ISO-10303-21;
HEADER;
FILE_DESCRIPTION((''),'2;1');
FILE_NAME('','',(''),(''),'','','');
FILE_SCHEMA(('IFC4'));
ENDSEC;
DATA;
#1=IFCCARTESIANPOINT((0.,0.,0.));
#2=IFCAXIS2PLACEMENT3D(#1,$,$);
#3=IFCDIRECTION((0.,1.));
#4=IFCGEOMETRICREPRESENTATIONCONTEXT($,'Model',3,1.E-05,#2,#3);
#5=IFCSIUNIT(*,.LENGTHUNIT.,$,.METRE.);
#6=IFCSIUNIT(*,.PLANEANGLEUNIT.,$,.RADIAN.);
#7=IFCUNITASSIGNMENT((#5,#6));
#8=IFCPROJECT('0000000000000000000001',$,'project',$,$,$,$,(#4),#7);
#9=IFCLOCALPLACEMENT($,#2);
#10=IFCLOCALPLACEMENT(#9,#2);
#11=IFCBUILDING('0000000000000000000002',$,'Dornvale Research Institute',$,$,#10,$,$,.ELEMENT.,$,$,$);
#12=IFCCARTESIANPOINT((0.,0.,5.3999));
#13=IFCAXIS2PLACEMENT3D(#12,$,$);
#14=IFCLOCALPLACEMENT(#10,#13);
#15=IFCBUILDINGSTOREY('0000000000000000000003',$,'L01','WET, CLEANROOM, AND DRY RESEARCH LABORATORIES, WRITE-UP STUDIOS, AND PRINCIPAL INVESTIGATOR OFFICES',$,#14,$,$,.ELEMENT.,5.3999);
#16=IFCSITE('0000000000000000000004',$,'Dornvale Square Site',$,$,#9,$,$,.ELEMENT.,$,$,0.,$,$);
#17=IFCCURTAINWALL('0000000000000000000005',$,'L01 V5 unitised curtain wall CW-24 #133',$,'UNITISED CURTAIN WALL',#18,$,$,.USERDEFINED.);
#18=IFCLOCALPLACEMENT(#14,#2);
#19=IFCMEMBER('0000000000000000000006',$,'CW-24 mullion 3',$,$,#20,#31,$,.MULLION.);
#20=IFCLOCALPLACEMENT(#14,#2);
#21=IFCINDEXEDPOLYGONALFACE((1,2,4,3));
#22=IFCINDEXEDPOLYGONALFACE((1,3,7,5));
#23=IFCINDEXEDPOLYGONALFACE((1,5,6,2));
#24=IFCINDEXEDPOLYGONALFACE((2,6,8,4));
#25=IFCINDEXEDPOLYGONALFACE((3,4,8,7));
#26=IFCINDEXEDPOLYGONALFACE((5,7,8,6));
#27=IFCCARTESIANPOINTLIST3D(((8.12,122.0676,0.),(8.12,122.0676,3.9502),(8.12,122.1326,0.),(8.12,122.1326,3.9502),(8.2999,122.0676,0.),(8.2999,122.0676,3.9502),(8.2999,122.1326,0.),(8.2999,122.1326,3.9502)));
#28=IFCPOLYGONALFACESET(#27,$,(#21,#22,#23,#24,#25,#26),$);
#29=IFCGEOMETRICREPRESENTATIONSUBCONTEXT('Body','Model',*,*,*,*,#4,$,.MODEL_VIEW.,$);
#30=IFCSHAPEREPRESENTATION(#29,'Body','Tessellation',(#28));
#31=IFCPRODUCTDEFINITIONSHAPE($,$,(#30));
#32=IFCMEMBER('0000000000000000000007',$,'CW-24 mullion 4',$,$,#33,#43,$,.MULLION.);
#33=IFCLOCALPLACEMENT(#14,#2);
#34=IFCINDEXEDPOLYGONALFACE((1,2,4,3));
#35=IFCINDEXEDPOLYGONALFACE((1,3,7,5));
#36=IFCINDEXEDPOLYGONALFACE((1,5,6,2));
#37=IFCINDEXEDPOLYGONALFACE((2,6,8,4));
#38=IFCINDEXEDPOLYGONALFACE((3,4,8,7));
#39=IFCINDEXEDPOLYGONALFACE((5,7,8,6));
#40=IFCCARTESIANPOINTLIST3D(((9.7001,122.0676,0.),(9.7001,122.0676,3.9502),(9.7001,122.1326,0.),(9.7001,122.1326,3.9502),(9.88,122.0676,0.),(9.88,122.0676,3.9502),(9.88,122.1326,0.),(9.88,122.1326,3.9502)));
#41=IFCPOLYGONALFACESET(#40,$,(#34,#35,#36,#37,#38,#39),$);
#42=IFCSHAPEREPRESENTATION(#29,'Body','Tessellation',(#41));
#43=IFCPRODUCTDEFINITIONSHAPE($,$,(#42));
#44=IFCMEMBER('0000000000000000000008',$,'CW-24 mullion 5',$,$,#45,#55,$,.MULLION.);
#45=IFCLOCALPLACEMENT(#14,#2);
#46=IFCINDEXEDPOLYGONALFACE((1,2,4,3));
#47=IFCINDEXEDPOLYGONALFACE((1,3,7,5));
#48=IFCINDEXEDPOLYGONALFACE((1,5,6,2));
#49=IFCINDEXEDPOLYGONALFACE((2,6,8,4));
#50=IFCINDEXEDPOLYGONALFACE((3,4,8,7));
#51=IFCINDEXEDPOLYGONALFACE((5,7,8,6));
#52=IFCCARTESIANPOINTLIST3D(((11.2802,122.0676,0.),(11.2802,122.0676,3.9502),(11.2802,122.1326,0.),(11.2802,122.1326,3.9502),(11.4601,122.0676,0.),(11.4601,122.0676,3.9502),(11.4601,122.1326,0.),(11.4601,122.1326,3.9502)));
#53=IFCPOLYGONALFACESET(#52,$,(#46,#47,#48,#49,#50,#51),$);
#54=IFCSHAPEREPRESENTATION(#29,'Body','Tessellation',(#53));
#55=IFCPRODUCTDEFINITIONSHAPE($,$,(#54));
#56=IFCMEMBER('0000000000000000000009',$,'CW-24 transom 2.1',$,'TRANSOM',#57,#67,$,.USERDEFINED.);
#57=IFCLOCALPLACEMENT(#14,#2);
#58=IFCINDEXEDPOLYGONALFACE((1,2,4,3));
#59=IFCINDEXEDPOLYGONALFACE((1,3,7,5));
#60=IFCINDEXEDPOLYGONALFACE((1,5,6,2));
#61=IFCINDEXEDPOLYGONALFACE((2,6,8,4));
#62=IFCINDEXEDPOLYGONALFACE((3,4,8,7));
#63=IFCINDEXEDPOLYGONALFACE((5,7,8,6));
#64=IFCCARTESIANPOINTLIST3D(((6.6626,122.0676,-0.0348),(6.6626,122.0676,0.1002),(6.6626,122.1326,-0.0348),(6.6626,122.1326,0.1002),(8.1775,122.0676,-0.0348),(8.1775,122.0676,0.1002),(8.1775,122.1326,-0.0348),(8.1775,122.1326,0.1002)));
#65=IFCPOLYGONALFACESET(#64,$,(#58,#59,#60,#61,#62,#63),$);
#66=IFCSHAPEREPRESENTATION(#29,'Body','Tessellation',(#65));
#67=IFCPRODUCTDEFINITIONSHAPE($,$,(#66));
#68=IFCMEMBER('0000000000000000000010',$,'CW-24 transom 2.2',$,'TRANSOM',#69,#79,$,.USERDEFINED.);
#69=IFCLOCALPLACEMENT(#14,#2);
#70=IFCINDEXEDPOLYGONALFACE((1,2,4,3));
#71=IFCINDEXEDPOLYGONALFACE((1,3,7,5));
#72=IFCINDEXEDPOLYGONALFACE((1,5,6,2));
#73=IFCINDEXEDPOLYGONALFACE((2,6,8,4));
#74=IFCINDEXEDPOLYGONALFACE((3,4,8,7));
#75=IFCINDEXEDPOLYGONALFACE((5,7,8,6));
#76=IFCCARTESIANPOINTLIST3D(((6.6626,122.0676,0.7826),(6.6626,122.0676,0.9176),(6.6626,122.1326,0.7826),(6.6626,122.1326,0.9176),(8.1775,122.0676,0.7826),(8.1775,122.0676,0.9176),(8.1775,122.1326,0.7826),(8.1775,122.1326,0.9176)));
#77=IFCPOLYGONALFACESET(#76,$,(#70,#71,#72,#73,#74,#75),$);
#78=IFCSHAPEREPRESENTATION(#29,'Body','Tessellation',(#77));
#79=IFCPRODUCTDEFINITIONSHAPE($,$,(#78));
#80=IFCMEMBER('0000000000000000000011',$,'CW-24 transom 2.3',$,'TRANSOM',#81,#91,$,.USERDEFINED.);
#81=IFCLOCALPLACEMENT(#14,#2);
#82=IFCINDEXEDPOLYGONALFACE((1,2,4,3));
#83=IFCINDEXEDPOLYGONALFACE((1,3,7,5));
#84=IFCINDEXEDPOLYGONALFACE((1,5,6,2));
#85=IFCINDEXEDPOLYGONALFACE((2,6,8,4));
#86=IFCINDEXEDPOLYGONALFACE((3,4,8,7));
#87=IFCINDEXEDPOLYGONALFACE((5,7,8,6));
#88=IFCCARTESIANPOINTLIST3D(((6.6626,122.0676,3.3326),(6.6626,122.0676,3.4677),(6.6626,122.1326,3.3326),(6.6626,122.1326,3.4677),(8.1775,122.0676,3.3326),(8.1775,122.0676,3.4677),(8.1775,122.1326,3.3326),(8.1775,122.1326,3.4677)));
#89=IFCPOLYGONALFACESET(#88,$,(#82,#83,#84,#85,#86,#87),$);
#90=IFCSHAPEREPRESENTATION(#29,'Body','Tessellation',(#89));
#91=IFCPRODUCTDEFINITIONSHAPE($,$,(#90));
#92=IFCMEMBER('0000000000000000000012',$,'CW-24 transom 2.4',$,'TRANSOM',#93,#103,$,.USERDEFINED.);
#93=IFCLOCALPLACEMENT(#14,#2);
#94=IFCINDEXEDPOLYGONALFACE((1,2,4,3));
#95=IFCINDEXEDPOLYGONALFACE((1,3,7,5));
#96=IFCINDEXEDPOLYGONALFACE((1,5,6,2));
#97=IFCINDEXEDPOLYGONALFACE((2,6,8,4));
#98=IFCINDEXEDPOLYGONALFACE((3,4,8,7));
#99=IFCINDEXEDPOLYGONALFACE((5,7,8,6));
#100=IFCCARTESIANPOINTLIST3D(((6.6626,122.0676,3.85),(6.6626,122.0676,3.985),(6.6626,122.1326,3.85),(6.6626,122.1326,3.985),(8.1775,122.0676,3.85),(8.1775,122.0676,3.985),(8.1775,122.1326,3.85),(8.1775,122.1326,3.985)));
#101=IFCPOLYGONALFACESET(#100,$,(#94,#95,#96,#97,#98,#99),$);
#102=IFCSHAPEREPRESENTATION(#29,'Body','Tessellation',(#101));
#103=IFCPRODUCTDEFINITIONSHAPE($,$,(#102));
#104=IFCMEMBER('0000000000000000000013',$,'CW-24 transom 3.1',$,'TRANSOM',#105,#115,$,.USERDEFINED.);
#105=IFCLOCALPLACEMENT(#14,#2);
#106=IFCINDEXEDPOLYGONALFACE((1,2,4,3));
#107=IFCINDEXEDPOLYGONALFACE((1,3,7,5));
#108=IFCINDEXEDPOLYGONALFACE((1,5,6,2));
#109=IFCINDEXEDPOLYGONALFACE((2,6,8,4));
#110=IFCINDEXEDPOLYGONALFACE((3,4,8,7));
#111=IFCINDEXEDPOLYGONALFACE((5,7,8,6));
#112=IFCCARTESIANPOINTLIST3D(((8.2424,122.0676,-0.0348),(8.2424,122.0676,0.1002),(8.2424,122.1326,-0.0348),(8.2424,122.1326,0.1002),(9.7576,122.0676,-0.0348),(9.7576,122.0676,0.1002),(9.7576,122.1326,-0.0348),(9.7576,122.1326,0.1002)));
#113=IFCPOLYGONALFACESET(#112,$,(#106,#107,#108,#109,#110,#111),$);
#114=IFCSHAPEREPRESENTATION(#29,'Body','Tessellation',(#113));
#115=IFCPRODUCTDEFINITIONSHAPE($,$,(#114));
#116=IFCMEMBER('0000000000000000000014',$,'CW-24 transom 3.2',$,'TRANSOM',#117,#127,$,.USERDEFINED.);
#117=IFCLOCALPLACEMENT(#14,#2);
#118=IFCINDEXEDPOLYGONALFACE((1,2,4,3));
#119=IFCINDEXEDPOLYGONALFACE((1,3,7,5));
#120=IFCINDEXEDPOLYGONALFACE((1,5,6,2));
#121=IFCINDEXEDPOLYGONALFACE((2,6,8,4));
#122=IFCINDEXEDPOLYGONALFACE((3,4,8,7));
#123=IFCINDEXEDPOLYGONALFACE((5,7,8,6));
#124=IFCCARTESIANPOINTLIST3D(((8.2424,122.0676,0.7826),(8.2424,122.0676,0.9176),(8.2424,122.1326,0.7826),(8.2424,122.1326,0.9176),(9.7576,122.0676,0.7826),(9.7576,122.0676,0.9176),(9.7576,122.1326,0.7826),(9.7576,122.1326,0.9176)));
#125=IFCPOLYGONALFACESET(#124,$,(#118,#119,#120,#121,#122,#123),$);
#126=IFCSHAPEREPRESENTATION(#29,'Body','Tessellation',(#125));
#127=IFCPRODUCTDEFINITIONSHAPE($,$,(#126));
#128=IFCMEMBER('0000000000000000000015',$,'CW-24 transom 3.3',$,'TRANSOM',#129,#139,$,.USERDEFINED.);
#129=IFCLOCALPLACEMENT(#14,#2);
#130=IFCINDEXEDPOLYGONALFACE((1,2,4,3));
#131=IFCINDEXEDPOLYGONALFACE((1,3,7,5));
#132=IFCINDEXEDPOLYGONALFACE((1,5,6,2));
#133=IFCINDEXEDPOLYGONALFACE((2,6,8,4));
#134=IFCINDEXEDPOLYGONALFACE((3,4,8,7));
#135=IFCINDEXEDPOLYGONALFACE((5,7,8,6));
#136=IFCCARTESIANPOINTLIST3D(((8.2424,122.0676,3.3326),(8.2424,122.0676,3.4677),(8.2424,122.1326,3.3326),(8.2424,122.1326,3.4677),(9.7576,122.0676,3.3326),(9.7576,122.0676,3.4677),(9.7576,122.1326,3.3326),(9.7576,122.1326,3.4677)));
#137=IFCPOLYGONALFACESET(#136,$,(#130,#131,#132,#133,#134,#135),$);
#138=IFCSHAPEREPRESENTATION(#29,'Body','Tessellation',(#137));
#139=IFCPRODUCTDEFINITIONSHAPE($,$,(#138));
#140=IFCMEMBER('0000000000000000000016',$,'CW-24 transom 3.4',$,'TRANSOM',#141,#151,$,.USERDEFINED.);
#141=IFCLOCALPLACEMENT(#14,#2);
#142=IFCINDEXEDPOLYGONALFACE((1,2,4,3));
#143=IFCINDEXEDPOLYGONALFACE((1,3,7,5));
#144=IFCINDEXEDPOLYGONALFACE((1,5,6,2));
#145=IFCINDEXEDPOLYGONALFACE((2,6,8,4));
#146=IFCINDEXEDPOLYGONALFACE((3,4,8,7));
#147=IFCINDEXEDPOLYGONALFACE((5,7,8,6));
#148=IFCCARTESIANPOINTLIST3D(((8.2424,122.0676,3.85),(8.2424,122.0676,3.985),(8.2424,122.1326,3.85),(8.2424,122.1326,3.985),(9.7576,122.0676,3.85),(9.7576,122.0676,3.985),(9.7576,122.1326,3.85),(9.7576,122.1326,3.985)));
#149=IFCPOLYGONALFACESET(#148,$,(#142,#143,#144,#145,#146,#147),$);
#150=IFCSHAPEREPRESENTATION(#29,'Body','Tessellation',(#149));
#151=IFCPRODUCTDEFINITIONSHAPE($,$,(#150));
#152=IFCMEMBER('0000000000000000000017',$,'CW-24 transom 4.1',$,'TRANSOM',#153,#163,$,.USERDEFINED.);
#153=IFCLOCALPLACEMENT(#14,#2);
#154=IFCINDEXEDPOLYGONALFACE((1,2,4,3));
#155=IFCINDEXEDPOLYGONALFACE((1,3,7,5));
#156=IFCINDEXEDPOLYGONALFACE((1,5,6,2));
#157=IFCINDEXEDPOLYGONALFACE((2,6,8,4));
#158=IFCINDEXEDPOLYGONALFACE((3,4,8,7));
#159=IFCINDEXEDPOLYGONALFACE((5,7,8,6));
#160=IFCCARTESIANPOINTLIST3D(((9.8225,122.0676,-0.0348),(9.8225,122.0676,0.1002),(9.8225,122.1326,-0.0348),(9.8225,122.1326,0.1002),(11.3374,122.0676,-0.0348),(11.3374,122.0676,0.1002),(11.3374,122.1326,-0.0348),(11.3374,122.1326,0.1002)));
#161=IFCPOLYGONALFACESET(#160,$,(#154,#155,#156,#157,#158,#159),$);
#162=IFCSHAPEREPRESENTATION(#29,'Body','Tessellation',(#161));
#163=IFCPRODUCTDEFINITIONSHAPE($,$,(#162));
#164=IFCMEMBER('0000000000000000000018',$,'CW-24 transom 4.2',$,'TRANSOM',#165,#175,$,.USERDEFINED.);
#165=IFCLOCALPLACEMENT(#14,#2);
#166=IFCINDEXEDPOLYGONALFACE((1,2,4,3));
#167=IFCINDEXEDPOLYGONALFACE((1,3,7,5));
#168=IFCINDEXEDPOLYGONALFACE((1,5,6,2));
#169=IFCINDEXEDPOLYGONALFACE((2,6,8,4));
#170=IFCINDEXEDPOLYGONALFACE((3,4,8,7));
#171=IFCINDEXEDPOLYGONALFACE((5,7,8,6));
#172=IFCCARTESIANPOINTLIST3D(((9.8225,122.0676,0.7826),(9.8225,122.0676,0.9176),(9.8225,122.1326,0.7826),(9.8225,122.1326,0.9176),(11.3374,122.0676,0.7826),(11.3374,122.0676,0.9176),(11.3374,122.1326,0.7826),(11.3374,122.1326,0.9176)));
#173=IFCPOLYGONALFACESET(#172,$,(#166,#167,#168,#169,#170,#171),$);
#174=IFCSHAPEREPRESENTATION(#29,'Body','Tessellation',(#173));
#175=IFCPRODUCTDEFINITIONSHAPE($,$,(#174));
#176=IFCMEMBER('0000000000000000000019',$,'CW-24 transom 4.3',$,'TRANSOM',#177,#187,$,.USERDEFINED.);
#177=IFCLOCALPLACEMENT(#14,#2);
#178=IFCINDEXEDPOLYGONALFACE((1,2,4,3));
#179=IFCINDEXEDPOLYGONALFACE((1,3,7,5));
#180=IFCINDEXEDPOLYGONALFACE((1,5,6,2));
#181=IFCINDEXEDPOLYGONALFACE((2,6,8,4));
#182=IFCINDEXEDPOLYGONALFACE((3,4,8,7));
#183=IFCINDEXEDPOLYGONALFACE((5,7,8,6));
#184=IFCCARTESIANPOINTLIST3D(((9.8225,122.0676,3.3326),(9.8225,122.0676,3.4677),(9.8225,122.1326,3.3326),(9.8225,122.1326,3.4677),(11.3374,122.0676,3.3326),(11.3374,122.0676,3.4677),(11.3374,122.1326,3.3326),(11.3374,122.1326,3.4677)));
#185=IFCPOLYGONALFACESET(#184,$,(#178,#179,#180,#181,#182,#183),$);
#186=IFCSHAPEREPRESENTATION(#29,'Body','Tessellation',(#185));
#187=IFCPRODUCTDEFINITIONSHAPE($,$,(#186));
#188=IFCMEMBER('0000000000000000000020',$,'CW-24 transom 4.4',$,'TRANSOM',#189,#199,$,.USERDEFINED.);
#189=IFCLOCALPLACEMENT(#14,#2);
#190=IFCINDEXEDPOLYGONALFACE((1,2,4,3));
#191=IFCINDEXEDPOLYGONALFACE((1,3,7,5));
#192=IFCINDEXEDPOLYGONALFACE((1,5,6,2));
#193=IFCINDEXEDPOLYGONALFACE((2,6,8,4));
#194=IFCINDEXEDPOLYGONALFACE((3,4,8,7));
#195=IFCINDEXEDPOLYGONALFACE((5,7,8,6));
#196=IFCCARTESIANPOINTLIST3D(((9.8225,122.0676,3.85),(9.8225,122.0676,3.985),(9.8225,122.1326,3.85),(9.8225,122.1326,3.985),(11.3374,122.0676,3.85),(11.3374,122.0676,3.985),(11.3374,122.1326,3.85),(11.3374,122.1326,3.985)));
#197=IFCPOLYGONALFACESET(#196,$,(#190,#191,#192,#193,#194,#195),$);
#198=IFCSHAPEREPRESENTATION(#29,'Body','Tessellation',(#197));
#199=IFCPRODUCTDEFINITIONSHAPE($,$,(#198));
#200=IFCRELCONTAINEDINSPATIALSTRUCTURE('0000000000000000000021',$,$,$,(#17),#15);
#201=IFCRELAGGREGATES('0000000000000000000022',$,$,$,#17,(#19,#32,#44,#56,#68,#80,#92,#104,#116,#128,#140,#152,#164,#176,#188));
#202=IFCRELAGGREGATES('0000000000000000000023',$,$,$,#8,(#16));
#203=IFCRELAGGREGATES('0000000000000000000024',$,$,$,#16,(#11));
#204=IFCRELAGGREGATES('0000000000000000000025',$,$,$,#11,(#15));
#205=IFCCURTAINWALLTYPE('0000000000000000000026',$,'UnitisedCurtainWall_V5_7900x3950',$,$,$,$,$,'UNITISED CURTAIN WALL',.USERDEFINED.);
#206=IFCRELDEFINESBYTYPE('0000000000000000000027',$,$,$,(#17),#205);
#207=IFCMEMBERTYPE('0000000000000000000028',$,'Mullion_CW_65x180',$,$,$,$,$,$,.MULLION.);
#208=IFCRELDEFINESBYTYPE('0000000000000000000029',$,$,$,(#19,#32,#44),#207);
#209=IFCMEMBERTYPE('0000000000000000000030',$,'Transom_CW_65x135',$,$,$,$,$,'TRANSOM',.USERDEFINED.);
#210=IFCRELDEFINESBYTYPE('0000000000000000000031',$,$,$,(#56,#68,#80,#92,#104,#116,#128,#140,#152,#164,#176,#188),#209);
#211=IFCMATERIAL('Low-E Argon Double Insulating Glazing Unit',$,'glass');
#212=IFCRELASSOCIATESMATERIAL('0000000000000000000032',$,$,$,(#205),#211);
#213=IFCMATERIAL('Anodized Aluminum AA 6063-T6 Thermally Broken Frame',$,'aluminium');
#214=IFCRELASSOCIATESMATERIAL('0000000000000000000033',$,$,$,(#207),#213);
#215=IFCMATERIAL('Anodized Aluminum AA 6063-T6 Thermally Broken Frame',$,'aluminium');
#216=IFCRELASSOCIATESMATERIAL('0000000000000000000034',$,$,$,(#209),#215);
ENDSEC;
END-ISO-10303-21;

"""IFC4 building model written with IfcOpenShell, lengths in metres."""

from ifc_helpers import new_model, si_unit, direction, frame, origin, origin_2d, place, context, subcontext, project, spatial, rectangle, extrude, material, material_profile, profile_set, type_object, element, aggregate, save


model = new_model("IFC4")

# Units and contexts
model_context = context("Model", 3, precision=1e-05, world=origin(), true_north=direction((0.0, 1.0)))
body_context = subcontext(model_context, "Body", "Model", "MODEL_VIEW")
ifc_project = project(units=[si_unit("LENGTHUNIT", "METRE"), si_unit("PLANEANGLEUNIT", "RADIAN")], contexts=[model_context])

# Site, building, storey
site_placement = place(None, origin())
site = spatial("IfcSite", under=ifc_project, at=site_placement, Name="Dornvale Square Site", CompositionType="ELEMENT", RefElevation=0.0)
building_placement = place(site_placement, origin())
building = spatial("IfcBuilding", under=site, at=building_placement, Name="Dornvale Research Institute", CompositionType="ELEMENT")
storey_placement = place(building_placement, frame((0.0, 0.0, 5.3999)))
storey = spatial("IfcBuildingStorey", under=building, at=storey_placement, Name="L01", Description="WET, CLEANROOM, AND DRY RESEARCH LABORATORIES, WRITE-UP STUDIOS, AND PRINCIPAL INVESTIGATOR OFFICES", CompositionType="ELEMENT", Elevation=5.3999)

# Curtain wall, members
ifc_material_1 = material(Name="Low-E Argon Double Insulating Glazing Unit", Category="glass")
curtain_wall_type = type_object("IfcCurtainWallType", Name="UnitisedCurtainWall_V5_7900x3950", ElementType="UNITISED CURTAIN WALL", PredefinedType="USERDEFINED", material=ifc_material_1)
curtain_wall_placement = place(storey_placement, origin())
curtain_wall = element("IfcCurtainWall", 1, at=curtain_wall_placement, inside=storey, type_object=curtain_wall_type, Name="L01 V5 unitised curtain wall CW-24 #133", ObjectType="UNITISED CURTAIN WALL", PredefinedType="USERDEFINED")
ifc_material_2 = material(Name="Anodized Aluminum AA 6063-T6 Thermally Broken Frame", Category="aluminium")
ifc_material_profile_1 = material_profile(ifc_material_2, rectangle(XDim=0.0649, YDim=0.1799, at=origin_2d()), Name="ALU MULLION 65x180")
ifc_profile_set_1 = profile_set([ifc_material_profile_1], Name="Anodized Aluminum AA 6063-T6 Thermally Broken Frame")
member_type_1 = type_object("IfcMemberType", Name="Mullion_CW_65x180", PredefinedType="MULLION", material=ifc_profile_set_1)
member_1_placement = place(storey_placement, frame((8.21, 122.1001, 0.0), z_axis=(0.0, 0.0, 1.0), x_axis=(0.0, 1.0, 0.0)))
member_1 = element("IfcMember", 2, at=member_1_placement, type_object=member_type_1, Name="CW-24 mullion 3", PredefinedType="MULLION", context=body_context, shape_type="SweptSolid", body=[
    extrude(rectangle(XDim=0.0649, YDim=0.1799, at=origin_2d()), origin(), (0.0, 0.0, 1.0), 3.9502),
])
member_2_placement = place(storey_placement, frame((9.79, 122.1001, 0.0), z_axis=(0.0, 0.0, 1.0), x_axis=(0.0, 1.0, 0.0)))
member_2 = element("IfcMember", 3, at=member_2_placement, type_object=member_type_1, Name="CW-24 mullion 4", PredefinedType="MULLION", context=body_context, shape_type="SweptSolid", body=[
    extrude(rectangle(XDim=0.0649, YDim=0.1799, at=origin_2d()), origin(), (0.0, 0.0, 1.0), 3.9502),
])
member_3_placement = place(storey_placement, frame((11.3701, 122.1001, 0.0), z_axis=(0.0, 0.0, 1.0), x_axis=(0.0, 1.0, 0.0)))
member_3 = element("IfcMember", 4, at=member_3_placement, type_object=member_type_1, Name="CW-24 mullion 5", PredefinedType="MULLION", context=body_context, shape_type="SweptSolid", body=[
    extrude(rectangle(XDim=0.0649, YDim=0.1799, at=origin_2d()), origin(), (0.0, 0.0, 1.0), 3.9502),
])
ifc_material_3 = material(Name="Anodized Aluminum AA 6063-T6 Thermally Broken Frame", Category="aluminium")
ifc_material_profile_2 = material_profile(ifc_material_3, rectangle(XDim=0.0649, YDim=0.135, at=origin_2d()), Name="ALU TRANSOM 65x135")
ifc_profile_set_2 = profile_set([ifc_material_profile_2], Name="Anodized Aluminum AA 6063-T6 Thermally Broken Frame")
member_type_2 = type_object("IfcMemberType", Name="Transom_CW_65x135", ElementType="TRANSOM", PredefinedType="USERDEFINED", material=ifc_profile_set_2)
member_4_placement = place(storey_placement, frame((6.6626, 122.1001, 0.0327), z_axis=(1.0, 0.0, 0.0), x_axis=(0.0, 1.0, 0.0)))
member_4 = element("IfcMember", 5, at=member_4_placement, type_object=member_type_2, Name="CW-24 transom 2.1", ObjectType="TRANSOM", PredefinedType="USERDEFINED", context=body_context, shape_type="SweptSolid", body=[
    extrude(rectangle(XDim=0.0649, YDim=0.135, at=origin_2d()), origin(), (0.0, 0.0, 1.0), 1.5149),
])
member_5_placement = place(storey_placement, frame((6.6626, 122.1001, 0.8501), z_axis=(1.0, 0.0, 0.0), x_axis=(0.0, 1.0, 0.0)))
member_5 = element("IfcMember", 6, at=member_5_placement, type_object=member_type_2, Name="CW-24 transom 2.2", ObjectType="TRANSOM", PredefinedType="USERDEFINED", context=body_context, shape_type="SweptSolid", body=[
    extrude(rectangle(XDim=0.0649, YDim=0.135, at=origin_2d()), origin(), (0.0, 0.0, 1.0), 1.5149),
])
member_6_placement = place(storey_placement, frame((6.6626, 122.1001, 3.4001), z_axis=(1.0, 0.0, 0.0), x_axis=(0.0, 1.0, 0.0)))
member_6 = element("IfcMember", 7, at=member_6_placement, type_object=member_type_2, Name="CW-24 transom 2.3", ObjectType="TRANSOM", PredefinedType="USERDEFINED", context=body_context, shape_type="SweptSolid", body=[
    extrude(rectangle(XDim=0.0649, YDim=0.135, at=origin_2d()), origin(), (0.0, 0.0, 1.0), 1.5149),
])
member_7_placement = place(storey_placement, frame((6.6626, 122.1001, 3.9175), z_axis=(1.0, 0.0, 0.0), x_axis=(0.0, 1.0, 0.0)))
member_7 = element("IfcMember", 8, at=member_7_placement, type_object=member_type_2, Name="CW-24 transom 2.4", ObjectType="TRANSOM", PredefinedType="USERDEFINED", context=body_context, shape_type="SweptSolid", body=[
    extrude(rectangle(XDim=0.0649, YDim=0.135, at=origin_2d()), origin(), (0.0, 0.0, 1.0), 1.5149),
])
member_8_placement = place(storey_placement, frame((8.2424, 122.1001, 0.0327), z_axis=(1.0, 0.0, 0.0), x_axis=(0.0, 1.0, 0.0)))
member_8 = element("IfcMember", 9, at=member_8_placement, type_object=member_type_2, Name="CW-24 transom 3.1", ObjectType="TRANSOM", PredefinedType="USERDEFINED", context=body_context, shape_type="SweptSolid", body=[
    extrude(rectangle(XDim=0.0649, YDim=0.135, at=origin_2d()), origin(), (0.0, 0.0, 1.0), 1.5151),
])
member_9_placement = place(storey_placement, frame((8.2424, 122.1001, 0.8501), z_axis=(1.0, 0.0, 0.0), x_axis=(0.0, 1.0, 0.0)))
member_9 = element("IfcMember", 10, at=member_9_placement, type_object=member_type_2, Name="CW-24 transom 3.2", ObjectType="TRANSOM", PredefinedType="USERDEFINED", context=body_context, shape_type="SweptSolid", body=[
    extrude(rectangle(XDim=0.0649, YDim=0.135, at=origin_2d()), origin(), (0.0, 0.0, 1.0), 1.5151),
])
member_10_placement = place(storey_placement, frame((8.2424, 122.1001, 3.4001), z_axis=(1.0, 0.0, 0.0), x_axis=(0.0, 1.0, 0.0)))
member_10 = element("IfcMember", 11, at=member_10_placement, type_object=member_type_2, Name="CW-24 transom 3.3", ObjectType="TRANSOM", PredefinedType="USERDEFINED", context=body_context, shape_type="SweptSolid", body=[
    extrude(rectangle(XDim=0.0649, YDim=0.135, at=origin_2d()), origin(), (0.0, 0.0, 1.0), 1.5151),
])
member_11_placement = place(storey_placement, frame((8.2424, 122.1001, 3.9175), z_axis=(1.0, 0.0, 0.0), x_axis=(0.0, 1.0, 0.0)))
member_11 = element("IfcMember", 12, at=member_11_placement, type_object=member_type_2, Name="CW-24 transom 3.4", ObjectType="TRANSOM", PredefinedType="USERDEFINED", context=body_context, shape_type="SweptSolid", body=[
    extrude(rectangle(XDim=0.0649, YDim=0.135, at=origin_2d()), origin(), (0.0, 0.0, 1.0), 1.5151),
])
member_12_placement = place(storey_placement, frame((9.8225, 122.1001, 0.0327), z_axis=(1.0, 0.0, 0.0), x_axis=(0.0, 1.0, 0.0)))
member_12 = element("IfcMember", 13, at=member_12_placement, type_object=member_type_2, Name="CW-24 transom 4.1", ObjectType="TRANSOM", PredefinedType="USERDEFINED", context=body_context, shape_type="SweptSolid", body=[
    extrude(rectangle(XDim=0.0649, YDim=0.135, at=origin_2d()), origin(), (0.0, 0.0, 1.0), 1.5149),
])
member_13_placement = place(storey_placement, frame((9.8225, 122.1001, 0.8501), z_axis=(1.0, 0.0, 0.0), x_axis=(0.0, 1.0, 0.0)))
member_13 = element("IfcMember", 14, at=member_13_placement, type_object=member_type_2, Name="CW-24 transom 4.2", ObjectType="TRANSOM", PredefinedType="USERDEFINED", context=body_context, shape_type="SweptSolid", body=[
    extrude(rectangle(XDim=0.0649, YDim=0.135, at=origin_2d()), origin(), (0.0, 0.0, 1.0), 1.5149),
])
member_14_placement = place(storey_placement, frame((9.8225, 122.1001, 3.4001), z_axis=(1.0, 0.0, 0.0), x_axis=(0.0, 1.0, 0.0)))
member_14 = element("IfcMember", 15, at=member_14_placement, type_object=member_type_2, Name="CW-24 transom 4.3", ObjectType="TRANSOM", PredefinedType="USERDEFINED", context=body_context, shape_type="SweptSolid", body=[
    extrude(rectangle(XDim=0.0649, YDim=0.135, at=origin_2d()), origin(), (0.0, 0.0, 1.0), 1.5149),
])
member_15_placement = place(storey_placement, frame((9.8225, 122.1001, 3.9175), z_axis=(1.0, 0.0, 0.0), x_axis=(0.0, 1.0, 0.0)))
member_15 = element("IfcMember", 16, at=member_15_placement, type_object=member_type_2, Name="CW-24 transom 4.4", ObjectType="TRANSOM", PredefinedType="USERDEFINED", context=body_context, shape_type="SweptSolid", body=[
    extrude(rectangle(XDim=0.0649, YDim=0.135, at=origin_2d()), origin(), (0.0, 0.0, 1.0), 1.5149),
])
aggregate(curtain_wall, [member_1, member_2, member_3, member_4, member_5, member_6, member_7, member_8, member_9, member_10, member_11, member_12, member_13, member_14, member_15])

save(model, "model.ifc")
